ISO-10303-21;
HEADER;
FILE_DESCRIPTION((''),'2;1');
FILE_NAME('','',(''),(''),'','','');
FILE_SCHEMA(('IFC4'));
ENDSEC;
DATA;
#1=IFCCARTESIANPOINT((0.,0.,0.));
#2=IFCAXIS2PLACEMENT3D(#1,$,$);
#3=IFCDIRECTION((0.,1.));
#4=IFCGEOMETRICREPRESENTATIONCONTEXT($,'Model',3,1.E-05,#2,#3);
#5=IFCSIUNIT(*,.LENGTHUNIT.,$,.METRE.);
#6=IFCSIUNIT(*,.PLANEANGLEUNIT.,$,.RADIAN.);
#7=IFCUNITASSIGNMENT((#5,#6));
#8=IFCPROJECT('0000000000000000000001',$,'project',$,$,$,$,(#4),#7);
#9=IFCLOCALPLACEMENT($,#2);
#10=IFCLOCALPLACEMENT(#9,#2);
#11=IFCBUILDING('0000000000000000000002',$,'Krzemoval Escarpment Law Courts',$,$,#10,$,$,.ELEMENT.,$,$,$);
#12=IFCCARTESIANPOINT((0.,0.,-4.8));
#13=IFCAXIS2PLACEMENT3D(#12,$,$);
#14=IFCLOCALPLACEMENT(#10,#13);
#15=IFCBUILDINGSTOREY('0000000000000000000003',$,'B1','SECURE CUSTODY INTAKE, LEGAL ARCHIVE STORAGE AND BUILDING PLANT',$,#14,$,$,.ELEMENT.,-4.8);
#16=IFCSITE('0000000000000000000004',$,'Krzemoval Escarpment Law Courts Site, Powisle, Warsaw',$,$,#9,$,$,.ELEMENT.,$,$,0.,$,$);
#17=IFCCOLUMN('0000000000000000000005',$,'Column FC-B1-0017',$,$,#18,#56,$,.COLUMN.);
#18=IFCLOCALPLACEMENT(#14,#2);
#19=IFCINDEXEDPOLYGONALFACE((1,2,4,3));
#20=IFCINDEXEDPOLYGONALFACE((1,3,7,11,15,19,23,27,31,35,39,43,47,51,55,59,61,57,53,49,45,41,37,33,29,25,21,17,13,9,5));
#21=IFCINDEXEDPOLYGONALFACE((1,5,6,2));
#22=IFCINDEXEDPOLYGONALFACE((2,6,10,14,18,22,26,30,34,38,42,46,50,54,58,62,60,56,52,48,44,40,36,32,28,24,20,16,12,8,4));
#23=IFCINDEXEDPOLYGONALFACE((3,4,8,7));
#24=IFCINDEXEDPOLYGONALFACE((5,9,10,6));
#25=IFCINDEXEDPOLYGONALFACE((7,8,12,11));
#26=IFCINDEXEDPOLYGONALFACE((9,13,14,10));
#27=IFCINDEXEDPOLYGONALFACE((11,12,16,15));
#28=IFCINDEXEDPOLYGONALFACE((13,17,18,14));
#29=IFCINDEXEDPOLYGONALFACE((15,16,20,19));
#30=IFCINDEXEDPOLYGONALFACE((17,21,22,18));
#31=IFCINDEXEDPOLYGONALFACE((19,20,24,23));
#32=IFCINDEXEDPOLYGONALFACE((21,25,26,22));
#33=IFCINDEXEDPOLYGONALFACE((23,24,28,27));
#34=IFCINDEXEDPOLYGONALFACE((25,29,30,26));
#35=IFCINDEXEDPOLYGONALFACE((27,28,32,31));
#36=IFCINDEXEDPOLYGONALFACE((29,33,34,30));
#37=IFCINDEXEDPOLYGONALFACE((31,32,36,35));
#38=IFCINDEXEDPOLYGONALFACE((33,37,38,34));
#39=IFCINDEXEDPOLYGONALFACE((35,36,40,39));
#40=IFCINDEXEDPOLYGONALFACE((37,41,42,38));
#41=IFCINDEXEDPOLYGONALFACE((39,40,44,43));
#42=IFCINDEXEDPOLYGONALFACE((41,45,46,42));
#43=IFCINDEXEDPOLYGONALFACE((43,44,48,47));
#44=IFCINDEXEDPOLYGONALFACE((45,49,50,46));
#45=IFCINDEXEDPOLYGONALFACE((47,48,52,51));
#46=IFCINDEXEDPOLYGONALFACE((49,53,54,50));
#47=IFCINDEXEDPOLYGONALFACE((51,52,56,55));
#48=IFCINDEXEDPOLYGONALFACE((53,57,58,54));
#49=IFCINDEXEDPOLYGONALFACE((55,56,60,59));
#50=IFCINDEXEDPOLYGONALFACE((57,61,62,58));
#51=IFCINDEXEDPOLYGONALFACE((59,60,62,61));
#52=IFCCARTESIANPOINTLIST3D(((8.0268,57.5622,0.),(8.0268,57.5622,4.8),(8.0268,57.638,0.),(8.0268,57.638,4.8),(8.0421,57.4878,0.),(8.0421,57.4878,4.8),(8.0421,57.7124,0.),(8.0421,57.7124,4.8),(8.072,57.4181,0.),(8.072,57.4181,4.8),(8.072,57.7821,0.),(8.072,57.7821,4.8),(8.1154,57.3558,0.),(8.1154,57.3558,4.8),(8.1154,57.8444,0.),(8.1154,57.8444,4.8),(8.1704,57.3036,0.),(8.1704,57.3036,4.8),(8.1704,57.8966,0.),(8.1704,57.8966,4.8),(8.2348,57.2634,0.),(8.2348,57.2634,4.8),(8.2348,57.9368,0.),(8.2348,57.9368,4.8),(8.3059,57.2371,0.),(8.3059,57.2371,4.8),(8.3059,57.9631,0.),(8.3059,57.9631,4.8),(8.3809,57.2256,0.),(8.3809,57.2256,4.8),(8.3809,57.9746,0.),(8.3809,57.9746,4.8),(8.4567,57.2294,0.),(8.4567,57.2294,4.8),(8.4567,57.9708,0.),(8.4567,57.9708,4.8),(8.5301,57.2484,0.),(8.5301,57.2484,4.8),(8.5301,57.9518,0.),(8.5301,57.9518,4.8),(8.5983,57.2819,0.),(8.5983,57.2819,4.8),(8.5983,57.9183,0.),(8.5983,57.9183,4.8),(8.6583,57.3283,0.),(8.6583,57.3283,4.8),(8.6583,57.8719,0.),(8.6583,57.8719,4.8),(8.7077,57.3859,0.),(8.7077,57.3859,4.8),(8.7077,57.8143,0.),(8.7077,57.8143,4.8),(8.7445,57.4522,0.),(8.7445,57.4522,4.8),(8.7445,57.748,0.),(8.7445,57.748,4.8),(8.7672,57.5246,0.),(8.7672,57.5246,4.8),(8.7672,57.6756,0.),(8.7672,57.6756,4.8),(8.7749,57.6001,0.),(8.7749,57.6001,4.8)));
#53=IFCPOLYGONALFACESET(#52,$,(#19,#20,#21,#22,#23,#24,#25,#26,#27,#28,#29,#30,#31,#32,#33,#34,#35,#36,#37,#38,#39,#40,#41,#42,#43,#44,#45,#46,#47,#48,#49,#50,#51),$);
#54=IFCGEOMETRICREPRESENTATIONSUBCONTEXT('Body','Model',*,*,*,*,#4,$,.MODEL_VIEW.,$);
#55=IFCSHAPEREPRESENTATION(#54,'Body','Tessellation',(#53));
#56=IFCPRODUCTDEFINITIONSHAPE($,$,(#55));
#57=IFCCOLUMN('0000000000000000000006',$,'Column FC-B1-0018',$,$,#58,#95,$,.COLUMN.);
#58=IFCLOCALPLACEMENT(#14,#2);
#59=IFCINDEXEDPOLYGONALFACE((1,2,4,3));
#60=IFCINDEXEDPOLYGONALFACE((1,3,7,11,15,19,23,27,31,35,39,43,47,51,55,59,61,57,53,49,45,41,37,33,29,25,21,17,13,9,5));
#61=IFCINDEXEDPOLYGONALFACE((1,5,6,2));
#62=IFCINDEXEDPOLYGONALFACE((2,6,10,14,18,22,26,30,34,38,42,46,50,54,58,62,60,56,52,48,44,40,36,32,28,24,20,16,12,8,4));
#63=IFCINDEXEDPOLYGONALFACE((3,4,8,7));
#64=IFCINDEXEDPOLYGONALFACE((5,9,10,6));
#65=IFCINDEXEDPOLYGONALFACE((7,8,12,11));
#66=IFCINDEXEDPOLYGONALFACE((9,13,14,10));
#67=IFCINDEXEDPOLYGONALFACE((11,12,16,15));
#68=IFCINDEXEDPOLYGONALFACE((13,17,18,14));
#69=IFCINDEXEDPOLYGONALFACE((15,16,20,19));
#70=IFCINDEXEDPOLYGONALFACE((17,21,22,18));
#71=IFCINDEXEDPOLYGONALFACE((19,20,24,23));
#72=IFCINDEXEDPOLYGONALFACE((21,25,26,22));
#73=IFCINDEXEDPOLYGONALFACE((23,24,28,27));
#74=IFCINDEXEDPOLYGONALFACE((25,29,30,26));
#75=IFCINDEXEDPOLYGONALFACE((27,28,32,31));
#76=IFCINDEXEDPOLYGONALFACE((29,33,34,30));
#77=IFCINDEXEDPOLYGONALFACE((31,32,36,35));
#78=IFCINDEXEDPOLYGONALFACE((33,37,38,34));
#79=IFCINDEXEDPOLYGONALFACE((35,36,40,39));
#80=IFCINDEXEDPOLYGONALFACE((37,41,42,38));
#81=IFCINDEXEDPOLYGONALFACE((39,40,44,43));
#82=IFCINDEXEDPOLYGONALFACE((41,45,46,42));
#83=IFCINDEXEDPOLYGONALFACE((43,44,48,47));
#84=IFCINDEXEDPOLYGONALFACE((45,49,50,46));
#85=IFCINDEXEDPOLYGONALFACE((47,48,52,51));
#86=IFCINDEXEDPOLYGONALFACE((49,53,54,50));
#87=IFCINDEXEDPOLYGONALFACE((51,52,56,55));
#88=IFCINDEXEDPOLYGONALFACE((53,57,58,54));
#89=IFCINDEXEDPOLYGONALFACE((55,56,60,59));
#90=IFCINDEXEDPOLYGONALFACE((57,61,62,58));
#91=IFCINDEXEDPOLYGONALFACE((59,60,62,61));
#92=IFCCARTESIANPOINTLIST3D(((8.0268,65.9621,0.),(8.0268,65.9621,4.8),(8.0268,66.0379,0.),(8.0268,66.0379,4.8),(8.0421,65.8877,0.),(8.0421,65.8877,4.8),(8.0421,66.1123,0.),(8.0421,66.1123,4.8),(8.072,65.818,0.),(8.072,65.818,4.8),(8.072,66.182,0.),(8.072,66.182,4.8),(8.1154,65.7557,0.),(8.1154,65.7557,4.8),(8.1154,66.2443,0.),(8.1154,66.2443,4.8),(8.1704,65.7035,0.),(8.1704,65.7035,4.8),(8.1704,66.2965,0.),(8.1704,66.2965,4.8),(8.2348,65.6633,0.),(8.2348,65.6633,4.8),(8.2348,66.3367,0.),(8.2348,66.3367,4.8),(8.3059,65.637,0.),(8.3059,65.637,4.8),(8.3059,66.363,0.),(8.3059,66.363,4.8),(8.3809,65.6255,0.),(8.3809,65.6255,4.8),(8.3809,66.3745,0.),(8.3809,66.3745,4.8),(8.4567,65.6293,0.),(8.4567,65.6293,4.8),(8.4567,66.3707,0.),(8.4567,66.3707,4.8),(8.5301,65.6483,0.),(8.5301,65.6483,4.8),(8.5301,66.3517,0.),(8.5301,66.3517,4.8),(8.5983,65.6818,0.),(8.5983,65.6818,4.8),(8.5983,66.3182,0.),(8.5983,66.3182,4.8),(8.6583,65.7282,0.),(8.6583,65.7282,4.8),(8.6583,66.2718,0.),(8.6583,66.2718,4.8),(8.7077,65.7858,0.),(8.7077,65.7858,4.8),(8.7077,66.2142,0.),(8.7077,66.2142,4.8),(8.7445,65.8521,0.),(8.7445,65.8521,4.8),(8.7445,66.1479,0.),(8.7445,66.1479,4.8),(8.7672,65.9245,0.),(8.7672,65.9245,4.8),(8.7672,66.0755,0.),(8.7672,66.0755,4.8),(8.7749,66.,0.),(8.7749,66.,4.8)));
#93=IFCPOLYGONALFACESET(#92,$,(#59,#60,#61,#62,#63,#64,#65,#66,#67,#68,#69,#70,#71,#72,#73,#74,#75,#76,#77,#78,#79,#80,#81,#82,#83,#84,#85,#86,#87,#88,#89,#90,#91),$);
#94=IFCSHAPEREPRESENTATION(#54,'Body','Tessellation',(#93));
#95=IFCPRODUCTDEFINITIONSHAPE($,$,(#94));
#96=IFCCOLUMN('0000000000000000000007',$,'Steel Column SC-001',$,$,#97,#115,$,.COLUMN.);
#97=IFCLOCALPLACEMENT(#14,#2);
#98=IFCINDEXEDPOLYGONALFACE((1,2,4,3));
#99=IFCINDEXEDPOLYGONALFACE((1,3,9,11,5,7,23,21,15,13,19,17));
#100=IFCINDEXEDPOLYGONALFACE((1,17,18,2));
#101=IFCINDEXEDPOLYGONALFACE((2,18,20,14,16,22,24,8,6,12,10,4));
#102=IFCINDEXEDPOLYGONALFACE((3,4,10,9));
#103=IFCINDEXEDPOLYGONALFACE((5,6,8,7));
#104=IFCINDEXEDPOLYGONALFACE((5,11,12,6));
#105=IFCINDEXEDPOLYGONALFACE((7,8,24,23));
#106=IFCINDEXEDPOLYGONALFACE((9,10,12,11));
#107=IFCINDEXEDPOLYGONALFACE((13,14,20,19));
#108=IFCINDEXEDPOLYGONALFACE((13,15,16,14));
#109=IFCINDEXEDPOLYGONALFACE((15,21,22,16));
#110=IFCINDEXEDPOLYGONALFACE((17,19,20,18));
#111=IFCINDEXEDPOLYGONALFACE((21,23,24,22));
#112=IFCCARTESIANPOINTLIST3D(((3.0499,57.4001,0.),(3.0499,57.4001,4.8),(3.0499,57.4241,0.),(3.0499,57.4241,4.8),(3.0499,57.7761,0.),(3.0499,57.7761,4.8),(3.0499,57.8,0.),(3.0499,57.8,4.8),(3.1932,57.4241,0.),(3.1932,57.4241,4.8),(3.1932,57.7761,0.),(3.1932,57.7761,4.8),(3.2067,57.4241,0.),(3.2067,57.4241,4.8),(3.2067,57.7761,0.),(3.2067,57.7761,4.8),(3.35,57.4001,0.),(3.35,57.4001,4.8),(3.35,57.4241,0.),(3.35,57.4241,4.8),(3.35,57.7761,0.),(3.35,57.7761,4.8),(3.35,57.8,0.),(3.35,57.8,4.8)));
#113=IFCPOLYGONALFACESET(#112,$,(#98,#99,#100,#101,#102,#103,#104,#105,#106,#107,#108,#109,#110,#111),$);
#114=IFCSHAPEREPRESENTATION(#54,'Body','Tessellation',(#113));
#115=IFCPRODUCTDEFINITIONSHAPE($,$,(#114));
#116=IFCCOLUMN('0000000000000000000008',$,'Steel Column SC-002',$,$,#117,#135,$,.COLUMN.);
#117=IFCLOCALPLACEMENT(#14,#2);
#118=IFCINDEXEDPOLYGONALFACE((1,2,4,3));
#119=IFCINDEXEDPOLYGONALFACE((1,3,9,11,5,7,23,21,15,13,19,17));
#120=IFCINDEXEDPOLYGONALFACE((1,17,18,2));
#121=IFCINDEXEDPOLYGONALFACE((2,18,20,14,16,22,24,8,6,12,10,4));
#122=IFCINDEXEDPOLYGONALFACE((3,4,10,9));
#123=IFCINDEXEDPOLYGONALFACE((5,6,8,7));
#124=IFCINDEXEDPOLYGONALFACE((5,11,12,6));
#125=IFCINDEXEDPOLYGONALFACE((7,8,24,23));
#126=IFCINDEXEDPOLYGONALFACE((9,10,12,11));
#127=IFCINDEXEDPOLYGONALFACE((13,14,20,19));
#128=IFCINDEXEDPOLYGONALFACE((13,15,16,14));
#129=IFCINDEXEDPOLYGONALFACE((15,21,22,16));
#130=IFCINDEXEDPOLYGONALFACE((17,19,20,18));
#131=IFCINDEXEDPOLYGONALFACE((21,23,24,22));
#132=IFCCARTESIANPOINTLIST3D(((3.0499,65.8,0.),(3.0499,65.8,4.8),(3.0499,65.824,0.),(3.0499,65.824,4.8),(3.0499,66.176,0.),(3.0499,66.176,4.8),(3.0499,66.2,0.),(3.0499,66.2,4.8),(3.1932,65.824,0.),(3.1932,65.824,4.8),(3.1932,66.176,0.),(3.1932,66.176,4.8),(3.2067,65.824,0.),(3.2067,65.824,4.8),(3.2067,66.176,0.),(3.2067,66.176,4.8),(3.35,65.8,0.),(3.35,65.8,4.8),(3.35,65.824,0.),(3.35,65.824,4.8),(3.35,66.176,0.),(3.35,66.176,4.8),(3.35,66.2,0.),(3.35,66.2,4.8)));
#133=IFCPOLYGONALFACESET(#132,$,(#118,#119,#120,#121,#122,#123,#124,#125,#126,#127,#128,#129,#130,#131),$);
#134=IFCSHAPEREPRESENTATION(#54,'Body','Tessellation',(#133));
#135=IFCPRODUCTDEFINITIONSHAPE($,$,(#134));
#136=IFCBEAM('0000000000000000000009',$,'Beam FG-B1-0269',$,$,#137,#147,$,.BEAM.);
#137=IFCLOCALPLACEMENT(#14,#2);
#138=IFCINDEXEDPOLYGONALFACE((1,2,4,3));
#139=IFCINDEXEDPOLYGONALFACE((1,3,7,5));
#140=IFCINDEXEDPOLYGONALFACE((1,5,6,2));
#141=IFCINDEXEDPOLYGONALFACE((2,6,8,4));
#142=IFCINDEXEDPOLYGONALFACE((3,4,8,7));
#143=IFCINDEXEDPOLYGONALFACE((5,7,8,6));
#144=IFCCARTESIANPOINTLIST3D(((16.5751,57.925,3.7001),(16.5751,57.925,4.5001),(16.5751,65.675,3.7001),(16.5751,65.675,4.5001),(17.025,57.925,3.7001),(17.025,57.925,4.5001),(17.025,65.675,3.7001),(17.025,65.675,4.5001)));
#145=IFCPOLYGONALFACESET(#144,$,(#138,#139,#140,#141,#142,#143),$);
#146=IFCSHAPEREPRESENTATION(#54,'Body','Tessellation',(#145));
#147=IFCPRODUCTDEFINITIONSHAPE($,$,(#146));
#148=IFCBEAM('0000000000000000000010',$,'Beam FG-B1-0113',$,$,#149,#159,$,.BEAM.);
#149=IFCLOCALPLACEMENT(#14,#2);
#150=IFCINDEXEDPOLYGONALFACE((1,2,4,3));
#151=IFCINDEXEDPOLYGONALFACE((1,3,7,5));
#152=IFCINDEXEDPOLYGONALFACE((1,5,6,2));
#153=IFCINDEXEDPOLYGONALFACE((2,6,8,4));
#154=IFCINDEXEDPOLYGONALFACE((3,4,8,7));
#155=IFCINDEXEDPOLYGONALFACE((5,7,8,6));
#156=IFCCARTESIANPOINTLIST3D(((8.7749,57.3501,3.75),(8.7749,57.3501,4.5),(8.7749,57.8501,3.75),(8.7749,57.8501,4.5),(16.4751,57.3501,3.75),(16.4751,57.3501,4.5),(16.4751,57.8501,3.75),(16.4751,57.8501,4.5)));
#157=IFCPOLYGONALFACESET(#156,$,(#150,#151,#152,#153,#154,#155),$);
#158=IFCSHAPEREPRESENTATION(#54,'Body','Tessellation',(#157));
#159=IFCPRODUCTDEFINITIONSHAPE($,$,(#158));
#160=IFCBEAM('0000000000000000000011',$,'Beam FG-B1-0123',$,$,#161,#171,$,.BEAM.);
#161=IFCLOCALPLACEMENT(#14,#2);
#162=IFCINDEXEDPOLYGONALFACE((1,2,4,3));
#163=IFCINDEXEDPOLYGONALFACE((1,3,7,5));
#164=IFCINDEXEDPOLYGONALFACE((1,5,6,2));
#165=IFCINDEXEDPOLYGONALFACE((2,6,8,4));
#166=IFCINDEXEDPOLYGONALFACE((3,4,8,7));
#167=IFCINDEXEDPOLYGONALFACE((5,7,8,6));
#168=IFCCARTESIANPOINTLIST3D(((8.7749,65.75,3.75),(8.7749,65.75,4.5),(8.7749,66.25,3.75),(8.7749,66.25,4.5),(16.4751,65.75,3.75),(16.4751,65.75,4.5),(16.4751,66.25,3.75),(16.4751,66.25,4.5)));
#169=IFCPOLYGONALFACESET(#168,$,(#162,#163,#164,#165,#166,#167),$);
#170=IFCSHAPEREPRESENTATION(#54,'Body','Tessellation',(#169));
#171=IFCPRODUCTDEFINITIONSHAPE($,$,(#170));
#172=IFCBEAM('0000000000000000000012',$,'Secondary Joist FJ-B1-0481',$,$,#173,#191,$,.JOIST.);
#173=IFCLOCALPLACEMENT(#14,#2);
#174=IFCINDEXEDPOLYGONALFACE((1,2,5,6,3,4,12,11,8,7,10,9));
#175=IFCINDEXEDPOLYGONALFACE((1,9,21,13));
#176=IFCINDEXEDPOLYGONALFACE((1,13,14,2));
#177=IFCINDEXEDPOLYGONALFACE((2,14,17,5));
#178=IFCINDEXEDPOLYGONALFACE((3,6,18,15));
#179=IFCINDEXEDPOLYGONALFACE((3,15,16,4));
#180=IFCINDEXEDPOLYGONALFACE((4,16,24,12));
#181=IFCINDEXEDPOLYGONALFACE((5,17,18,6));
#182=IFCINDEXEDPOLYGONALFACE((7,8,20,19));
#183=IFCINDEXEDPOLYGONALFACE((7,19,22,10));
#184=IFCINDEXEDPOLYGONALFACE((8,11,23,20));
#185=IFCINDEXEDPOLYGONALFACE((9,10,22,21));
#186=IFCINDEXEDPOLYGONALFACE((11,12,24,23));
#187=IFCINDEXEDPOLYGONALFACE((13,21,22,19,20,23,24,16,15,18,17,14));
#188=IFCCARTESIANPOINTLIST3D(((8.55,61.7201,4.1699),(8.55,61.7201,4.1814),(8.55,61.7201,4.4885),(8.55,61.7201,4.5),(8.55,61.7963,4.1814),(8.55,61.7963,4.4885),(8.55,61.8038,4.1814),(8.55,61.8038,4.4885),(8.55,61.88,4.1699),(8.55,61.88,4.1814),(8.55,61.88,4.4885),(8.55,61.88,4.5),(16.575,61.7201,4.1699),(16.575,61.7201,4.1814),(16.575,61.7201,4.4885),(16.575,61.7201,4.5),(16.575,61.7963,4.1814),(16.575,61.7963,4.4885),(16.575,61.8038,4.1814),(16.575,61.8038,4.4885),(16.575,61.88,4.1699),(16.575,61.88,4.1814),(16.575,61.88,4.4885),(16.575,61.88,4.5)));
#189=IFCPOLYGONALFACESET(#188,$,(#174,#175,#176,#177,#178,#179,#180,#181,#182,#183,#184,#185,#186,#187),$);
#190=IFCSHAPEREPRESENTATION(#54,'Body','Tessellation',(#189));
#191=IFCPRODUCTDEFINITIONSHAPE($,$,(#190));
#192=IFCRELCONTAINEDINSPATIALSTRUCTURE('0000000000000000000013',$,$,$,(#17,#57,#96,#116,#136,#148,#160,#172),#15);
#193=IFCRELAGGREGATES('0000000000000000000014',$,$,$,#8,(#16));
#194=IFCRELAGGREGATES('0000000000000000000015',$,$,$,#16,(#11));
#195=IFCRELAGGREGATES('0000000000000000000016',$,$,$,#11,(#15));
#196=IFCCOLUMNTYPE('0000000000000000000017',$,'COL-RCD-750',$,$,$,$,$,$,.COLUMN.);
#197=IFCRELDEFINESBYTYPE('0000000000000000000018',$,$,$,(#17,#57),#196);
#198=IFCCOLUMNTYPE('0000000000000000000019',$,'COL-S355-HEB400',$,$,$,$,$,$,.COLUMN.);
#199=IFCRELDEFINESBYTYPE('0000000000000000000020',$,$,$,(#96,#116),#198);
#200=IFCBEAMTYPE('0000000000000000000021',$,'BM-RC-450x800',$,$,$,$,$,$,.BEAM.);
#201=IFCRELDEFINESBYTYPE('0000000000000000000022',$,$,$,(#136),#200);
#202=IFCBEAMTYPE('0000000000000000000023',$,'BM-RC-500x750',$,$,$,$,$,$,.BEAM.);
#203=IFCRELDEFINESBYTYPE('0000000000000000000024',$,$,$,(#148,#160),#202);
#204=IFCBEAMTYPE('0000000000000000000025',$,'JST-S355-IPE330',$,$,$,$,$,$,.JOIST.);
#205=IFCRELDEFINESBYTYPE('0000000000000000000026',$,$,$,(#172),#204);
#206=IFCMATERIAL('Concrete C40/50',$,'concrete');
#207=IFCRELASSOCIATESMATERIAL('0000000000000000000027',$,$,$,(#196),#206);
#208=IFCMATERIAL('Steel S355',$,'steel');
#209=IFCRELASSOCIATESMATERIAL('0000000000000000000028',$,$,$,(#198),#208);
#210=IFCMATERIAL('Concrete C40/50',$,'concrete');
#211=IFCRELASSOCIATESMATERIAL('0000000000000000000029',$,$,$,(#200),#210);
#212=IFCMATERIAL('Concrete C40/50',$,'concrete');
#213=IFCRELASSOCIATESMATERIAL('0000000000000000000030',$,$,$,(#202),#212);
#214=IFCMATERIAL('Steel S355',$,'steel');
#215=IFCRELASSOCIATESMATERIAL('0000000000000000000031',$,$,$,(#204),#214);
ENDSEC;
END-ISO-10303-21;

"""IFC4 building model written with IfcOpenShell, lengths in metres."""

from ifc_helpers import new_model, si_unit, direction, frame, origin, origin_2d, place, context, subcontext, project, spatial, rectangle, circle, i_section, extrude, material, material_profile, profile_set, type_object, element, save


model = new_model("IFC4")

# Units and contexts
model_context = context("Model", 3, precision=1e-05, world=origin(), true_north=direction((0.0, 1.0)))
body_context = subcontext(model_context, "Body", "Model", "MODEL_VIEW")
ifc_project = project(units=[si_unit("LENGTHUNIT", "METRE"), si_unit("PLANEANGLEUNIT", "RADIAN")], contexts=[model_context])

# Site, building, storey
site_placement = place(None, origin())
site = spatial("IfcSite", under=ifc_project, at=site_placement, Name="Krzemoval Escarpment Law Courts Site, Powisle, Warsaw", CompositionType="ELEMENT", RefElevation=0.0)
building_placement = place(site_placement, origin())
building = spatial("IfcBuilding", under=site, at=building_placement, Name="Krzemoval Escarpment Law Courts", CompositionType="ELEMENT")
storey_placement = place(building_placement, frame((0.0, 0.0, -4.8)))
storey = spatial("IfcBuildingStorey", under=building, at=storey_placement, Name="B1", Description="SECURE CUSTODY INTAKE, LEGAL ARCHIVE STORAGE AND BUILDING PLANT", CompositionType="ELEMENT", Elevation=-4.8)

# Columns
ifc_material_1 = material(Name="Concrete C40/50", Category="concrete")
ifc_material_profile_1 = material_profile(ifc_material_1, circle(Radius=0.375, at=origin_2d()), Name="RC D750")
ifc_profile_set_1 = profile_set([ifc_material_profile_1], Name="Concrete C40/50")
column_type_1 = type_object("IfcColumnType", Name="COL-RCD-750", PredefinedType="COLUMN", material=ifc_profile_set_1)
for number, where, z_axis, x_axis, name in (
    (1, (8.3999, 57.6001, 0.0), (0.0, 0.0, 1.0), (1.0, 0.0, 0.0), "Column FC-B1-0017"),
    (2, (8.3999, 66.0, 0.0), (0.0, 0.0, 1.0), (1.0, 0.0, 0.0), "Column FC-B1-0018"),
):
    element("IfcColumn", number, at=place(storey_placement, frame(where, z_axis=z_axis, x_axis=x_axis)), inside=storey, type_object=column_type_1, Name=name, PredefinedType="COLUMN", context=body_context, shape_type="SweptSolid", body=[
        extrude(circle(Radius=0.375, at=origin_2d()), origin(), (0.0, 0.0, 1.0), 4.8),
    ])
ifc_material_2 = material(Name="Steel S355", Category="steel")
ifc_material_profile_2 = material_profile(ifc_material_2, i_section(OverallWidth=0.3, OverallDepth=0.3999, WebThickness=0.0134, FlangeThickness=0.0239, at=origin_2d()), Name="HEB 400")
ifc_profile_set_2 = profile_set([ifc_material_profile_2], Name="Steel S355")
column_type_2 = type_object("IfcColumnType", Name="COL-S355-HEB400", PredefinedType="COLUMN", material=ifc_profile_set_2)
for number, where, z_axis, x_axis, name in (
    (3, (3.2, 57.6001, 0.0), (0.0, 0.0, 1.0), (1.0, 0.0, 0.0), "Steel Column SC-001"),
    (4, (3.2, 66.0, 0.0), (0.0, 0.0, 1.0), (1.0, 0.0, 0.0), "Steel Column SC-002"),
):
    element("IfcColumn", number, at=place(storey_placement, frame(where, z_axis=z_axis, x_axis=x_axis)), inside=storey, type_object=column_type_2, Name=name, PredefinedType="COLUMN", context=body_context, shape_type="SweptSolid", body=[
        extrude(i_section(OverallWidth=0.3, OverallDepth=0.3999, WebThickness=0.0134, FlangeThickness=0.0239, at=origin_2d()), origin(), (0.0, 0.0, 1.0), 4.8),
    ])

# Beams
ifc_material_3 = material(Name="Concrete C40/50", Category="concrete")
ifc_material_profile_3 = material_profile(ifc_material_3, rectangle(XDim=0.45, YDim=0.8, at=origin_2d()), Name="RCB 450x800")
ifc_profile_set_3 = profile_set([ifc_material_profile_3], Name="Concrete C40/50")
beam_type_1 = type_object("IfcBeamType", Name="BM-RC-450x800", PredefinedType="BEAM", material=ifc_profile_set_3)
beam_1_placement = place(storey_placement, frame((16.8, 57.925, 4.1001), z_axis=(0.0, 1.0, 0.0), x_axis=(-1.0, 0.0, 0.0)))
element("IfcBeam", 5, at=beam_1_placement, inside=storey, type_object=beam_type_1, Name="Beam FG-B1-0269", PredefinedType="BEAM", context=body_context, shape_type="SweptSolid", body=[
    extrude(rectangle(XDim=0.45, YDim=0.8, at=origin_2d()), origin(), (0.0, 0.0, 1.0), 7.75),
])
ifc_material_4 = material(Name="Concrete C40/50", Category="concrete")
ifc_material_profile_4 = material_profile(ifc_material_4, rectangle(XDim=0.5, YDim=0.75, at=origin_2d()), Name="RCB 500x750")
ifc_profile_set_4 = profile_set([ifc_material_profile_4], Name="Concrete C40/50")
beam_type_2 = type_object("IfcBeamType", Name="BM-RC-500x750", PredefinedType="BEAM", material=ifc_profile_set_4)
for number, where, z_axis, x_axis, name in (
    (6, (8.7749, 57.6001, 4.125), (1.0, 0.0, 0.0), (0.0, 1.0, 0.0), "Beam FG-B1-0113"),
    (7, (8.7749, 66.0, 4.125), (1.0, 0.0, 0.0), (0.0, 1.0, 0.0), "Beam FG-B1-0123"),
):
    element("IfcBeam", number, at=place(storey_placement, frame(where, z_axis=z_axis, x_axis=x_axis)), inside=storey, type_object=beam_type_2, Name=name, PredefinedType="BEAM", context=body_context, shape_type="SweptSolid", body=[
        extrude(rectangle(XDim=0.5, YDim=0.75, at=origin_2d()), origin(), (0.0, 0.0, 1.0), 7.7002),
    ])
ifc_material_5 = material(Name="Steel S355", Category="steel")
ifc_material_profile_5 = material_profile(ifc_material_5, i_section(OverallWidth=0.1599, OverallDepth=0.3301, WebThickness=0.0076, FlangeThickness=0.0115, at=origin_2d()), Name="IPE 330")
ifc_profile_set_5 = profile_set([ifc_material_profile_5], Name="Steel S355")
beam_type_3 = type_object("IfcBeamType", Name="JST-S355-IPE330", PredefinedType="JOIST", material=ifc_profile_set_5)
beam_2_placement = place(storey_placement, frame((8.55, 61.8, 4.335), z_axis=(1.0, 0.0, 0.0), x_axis=(0.0, 1.0, 0.0)))
element("IfcBeam", 8, at=beam_2_placement, inside=storey, type_object=beam_type_3, Name="Secondary Joist FJ-B1-0481", PredefinedType="JOIST", context=body_context, shape_type="SweptSolid", body=[
    extrude(i_section(OverallWidth=0.1599, OverallDepth=0.3301, WebThickness=0.0076, FlangeThickness=0.0115, at=origin_2d()), origin(), (0.0, 0.0, 1.0), 8.0249),
])

save(model, "model.ifc")
